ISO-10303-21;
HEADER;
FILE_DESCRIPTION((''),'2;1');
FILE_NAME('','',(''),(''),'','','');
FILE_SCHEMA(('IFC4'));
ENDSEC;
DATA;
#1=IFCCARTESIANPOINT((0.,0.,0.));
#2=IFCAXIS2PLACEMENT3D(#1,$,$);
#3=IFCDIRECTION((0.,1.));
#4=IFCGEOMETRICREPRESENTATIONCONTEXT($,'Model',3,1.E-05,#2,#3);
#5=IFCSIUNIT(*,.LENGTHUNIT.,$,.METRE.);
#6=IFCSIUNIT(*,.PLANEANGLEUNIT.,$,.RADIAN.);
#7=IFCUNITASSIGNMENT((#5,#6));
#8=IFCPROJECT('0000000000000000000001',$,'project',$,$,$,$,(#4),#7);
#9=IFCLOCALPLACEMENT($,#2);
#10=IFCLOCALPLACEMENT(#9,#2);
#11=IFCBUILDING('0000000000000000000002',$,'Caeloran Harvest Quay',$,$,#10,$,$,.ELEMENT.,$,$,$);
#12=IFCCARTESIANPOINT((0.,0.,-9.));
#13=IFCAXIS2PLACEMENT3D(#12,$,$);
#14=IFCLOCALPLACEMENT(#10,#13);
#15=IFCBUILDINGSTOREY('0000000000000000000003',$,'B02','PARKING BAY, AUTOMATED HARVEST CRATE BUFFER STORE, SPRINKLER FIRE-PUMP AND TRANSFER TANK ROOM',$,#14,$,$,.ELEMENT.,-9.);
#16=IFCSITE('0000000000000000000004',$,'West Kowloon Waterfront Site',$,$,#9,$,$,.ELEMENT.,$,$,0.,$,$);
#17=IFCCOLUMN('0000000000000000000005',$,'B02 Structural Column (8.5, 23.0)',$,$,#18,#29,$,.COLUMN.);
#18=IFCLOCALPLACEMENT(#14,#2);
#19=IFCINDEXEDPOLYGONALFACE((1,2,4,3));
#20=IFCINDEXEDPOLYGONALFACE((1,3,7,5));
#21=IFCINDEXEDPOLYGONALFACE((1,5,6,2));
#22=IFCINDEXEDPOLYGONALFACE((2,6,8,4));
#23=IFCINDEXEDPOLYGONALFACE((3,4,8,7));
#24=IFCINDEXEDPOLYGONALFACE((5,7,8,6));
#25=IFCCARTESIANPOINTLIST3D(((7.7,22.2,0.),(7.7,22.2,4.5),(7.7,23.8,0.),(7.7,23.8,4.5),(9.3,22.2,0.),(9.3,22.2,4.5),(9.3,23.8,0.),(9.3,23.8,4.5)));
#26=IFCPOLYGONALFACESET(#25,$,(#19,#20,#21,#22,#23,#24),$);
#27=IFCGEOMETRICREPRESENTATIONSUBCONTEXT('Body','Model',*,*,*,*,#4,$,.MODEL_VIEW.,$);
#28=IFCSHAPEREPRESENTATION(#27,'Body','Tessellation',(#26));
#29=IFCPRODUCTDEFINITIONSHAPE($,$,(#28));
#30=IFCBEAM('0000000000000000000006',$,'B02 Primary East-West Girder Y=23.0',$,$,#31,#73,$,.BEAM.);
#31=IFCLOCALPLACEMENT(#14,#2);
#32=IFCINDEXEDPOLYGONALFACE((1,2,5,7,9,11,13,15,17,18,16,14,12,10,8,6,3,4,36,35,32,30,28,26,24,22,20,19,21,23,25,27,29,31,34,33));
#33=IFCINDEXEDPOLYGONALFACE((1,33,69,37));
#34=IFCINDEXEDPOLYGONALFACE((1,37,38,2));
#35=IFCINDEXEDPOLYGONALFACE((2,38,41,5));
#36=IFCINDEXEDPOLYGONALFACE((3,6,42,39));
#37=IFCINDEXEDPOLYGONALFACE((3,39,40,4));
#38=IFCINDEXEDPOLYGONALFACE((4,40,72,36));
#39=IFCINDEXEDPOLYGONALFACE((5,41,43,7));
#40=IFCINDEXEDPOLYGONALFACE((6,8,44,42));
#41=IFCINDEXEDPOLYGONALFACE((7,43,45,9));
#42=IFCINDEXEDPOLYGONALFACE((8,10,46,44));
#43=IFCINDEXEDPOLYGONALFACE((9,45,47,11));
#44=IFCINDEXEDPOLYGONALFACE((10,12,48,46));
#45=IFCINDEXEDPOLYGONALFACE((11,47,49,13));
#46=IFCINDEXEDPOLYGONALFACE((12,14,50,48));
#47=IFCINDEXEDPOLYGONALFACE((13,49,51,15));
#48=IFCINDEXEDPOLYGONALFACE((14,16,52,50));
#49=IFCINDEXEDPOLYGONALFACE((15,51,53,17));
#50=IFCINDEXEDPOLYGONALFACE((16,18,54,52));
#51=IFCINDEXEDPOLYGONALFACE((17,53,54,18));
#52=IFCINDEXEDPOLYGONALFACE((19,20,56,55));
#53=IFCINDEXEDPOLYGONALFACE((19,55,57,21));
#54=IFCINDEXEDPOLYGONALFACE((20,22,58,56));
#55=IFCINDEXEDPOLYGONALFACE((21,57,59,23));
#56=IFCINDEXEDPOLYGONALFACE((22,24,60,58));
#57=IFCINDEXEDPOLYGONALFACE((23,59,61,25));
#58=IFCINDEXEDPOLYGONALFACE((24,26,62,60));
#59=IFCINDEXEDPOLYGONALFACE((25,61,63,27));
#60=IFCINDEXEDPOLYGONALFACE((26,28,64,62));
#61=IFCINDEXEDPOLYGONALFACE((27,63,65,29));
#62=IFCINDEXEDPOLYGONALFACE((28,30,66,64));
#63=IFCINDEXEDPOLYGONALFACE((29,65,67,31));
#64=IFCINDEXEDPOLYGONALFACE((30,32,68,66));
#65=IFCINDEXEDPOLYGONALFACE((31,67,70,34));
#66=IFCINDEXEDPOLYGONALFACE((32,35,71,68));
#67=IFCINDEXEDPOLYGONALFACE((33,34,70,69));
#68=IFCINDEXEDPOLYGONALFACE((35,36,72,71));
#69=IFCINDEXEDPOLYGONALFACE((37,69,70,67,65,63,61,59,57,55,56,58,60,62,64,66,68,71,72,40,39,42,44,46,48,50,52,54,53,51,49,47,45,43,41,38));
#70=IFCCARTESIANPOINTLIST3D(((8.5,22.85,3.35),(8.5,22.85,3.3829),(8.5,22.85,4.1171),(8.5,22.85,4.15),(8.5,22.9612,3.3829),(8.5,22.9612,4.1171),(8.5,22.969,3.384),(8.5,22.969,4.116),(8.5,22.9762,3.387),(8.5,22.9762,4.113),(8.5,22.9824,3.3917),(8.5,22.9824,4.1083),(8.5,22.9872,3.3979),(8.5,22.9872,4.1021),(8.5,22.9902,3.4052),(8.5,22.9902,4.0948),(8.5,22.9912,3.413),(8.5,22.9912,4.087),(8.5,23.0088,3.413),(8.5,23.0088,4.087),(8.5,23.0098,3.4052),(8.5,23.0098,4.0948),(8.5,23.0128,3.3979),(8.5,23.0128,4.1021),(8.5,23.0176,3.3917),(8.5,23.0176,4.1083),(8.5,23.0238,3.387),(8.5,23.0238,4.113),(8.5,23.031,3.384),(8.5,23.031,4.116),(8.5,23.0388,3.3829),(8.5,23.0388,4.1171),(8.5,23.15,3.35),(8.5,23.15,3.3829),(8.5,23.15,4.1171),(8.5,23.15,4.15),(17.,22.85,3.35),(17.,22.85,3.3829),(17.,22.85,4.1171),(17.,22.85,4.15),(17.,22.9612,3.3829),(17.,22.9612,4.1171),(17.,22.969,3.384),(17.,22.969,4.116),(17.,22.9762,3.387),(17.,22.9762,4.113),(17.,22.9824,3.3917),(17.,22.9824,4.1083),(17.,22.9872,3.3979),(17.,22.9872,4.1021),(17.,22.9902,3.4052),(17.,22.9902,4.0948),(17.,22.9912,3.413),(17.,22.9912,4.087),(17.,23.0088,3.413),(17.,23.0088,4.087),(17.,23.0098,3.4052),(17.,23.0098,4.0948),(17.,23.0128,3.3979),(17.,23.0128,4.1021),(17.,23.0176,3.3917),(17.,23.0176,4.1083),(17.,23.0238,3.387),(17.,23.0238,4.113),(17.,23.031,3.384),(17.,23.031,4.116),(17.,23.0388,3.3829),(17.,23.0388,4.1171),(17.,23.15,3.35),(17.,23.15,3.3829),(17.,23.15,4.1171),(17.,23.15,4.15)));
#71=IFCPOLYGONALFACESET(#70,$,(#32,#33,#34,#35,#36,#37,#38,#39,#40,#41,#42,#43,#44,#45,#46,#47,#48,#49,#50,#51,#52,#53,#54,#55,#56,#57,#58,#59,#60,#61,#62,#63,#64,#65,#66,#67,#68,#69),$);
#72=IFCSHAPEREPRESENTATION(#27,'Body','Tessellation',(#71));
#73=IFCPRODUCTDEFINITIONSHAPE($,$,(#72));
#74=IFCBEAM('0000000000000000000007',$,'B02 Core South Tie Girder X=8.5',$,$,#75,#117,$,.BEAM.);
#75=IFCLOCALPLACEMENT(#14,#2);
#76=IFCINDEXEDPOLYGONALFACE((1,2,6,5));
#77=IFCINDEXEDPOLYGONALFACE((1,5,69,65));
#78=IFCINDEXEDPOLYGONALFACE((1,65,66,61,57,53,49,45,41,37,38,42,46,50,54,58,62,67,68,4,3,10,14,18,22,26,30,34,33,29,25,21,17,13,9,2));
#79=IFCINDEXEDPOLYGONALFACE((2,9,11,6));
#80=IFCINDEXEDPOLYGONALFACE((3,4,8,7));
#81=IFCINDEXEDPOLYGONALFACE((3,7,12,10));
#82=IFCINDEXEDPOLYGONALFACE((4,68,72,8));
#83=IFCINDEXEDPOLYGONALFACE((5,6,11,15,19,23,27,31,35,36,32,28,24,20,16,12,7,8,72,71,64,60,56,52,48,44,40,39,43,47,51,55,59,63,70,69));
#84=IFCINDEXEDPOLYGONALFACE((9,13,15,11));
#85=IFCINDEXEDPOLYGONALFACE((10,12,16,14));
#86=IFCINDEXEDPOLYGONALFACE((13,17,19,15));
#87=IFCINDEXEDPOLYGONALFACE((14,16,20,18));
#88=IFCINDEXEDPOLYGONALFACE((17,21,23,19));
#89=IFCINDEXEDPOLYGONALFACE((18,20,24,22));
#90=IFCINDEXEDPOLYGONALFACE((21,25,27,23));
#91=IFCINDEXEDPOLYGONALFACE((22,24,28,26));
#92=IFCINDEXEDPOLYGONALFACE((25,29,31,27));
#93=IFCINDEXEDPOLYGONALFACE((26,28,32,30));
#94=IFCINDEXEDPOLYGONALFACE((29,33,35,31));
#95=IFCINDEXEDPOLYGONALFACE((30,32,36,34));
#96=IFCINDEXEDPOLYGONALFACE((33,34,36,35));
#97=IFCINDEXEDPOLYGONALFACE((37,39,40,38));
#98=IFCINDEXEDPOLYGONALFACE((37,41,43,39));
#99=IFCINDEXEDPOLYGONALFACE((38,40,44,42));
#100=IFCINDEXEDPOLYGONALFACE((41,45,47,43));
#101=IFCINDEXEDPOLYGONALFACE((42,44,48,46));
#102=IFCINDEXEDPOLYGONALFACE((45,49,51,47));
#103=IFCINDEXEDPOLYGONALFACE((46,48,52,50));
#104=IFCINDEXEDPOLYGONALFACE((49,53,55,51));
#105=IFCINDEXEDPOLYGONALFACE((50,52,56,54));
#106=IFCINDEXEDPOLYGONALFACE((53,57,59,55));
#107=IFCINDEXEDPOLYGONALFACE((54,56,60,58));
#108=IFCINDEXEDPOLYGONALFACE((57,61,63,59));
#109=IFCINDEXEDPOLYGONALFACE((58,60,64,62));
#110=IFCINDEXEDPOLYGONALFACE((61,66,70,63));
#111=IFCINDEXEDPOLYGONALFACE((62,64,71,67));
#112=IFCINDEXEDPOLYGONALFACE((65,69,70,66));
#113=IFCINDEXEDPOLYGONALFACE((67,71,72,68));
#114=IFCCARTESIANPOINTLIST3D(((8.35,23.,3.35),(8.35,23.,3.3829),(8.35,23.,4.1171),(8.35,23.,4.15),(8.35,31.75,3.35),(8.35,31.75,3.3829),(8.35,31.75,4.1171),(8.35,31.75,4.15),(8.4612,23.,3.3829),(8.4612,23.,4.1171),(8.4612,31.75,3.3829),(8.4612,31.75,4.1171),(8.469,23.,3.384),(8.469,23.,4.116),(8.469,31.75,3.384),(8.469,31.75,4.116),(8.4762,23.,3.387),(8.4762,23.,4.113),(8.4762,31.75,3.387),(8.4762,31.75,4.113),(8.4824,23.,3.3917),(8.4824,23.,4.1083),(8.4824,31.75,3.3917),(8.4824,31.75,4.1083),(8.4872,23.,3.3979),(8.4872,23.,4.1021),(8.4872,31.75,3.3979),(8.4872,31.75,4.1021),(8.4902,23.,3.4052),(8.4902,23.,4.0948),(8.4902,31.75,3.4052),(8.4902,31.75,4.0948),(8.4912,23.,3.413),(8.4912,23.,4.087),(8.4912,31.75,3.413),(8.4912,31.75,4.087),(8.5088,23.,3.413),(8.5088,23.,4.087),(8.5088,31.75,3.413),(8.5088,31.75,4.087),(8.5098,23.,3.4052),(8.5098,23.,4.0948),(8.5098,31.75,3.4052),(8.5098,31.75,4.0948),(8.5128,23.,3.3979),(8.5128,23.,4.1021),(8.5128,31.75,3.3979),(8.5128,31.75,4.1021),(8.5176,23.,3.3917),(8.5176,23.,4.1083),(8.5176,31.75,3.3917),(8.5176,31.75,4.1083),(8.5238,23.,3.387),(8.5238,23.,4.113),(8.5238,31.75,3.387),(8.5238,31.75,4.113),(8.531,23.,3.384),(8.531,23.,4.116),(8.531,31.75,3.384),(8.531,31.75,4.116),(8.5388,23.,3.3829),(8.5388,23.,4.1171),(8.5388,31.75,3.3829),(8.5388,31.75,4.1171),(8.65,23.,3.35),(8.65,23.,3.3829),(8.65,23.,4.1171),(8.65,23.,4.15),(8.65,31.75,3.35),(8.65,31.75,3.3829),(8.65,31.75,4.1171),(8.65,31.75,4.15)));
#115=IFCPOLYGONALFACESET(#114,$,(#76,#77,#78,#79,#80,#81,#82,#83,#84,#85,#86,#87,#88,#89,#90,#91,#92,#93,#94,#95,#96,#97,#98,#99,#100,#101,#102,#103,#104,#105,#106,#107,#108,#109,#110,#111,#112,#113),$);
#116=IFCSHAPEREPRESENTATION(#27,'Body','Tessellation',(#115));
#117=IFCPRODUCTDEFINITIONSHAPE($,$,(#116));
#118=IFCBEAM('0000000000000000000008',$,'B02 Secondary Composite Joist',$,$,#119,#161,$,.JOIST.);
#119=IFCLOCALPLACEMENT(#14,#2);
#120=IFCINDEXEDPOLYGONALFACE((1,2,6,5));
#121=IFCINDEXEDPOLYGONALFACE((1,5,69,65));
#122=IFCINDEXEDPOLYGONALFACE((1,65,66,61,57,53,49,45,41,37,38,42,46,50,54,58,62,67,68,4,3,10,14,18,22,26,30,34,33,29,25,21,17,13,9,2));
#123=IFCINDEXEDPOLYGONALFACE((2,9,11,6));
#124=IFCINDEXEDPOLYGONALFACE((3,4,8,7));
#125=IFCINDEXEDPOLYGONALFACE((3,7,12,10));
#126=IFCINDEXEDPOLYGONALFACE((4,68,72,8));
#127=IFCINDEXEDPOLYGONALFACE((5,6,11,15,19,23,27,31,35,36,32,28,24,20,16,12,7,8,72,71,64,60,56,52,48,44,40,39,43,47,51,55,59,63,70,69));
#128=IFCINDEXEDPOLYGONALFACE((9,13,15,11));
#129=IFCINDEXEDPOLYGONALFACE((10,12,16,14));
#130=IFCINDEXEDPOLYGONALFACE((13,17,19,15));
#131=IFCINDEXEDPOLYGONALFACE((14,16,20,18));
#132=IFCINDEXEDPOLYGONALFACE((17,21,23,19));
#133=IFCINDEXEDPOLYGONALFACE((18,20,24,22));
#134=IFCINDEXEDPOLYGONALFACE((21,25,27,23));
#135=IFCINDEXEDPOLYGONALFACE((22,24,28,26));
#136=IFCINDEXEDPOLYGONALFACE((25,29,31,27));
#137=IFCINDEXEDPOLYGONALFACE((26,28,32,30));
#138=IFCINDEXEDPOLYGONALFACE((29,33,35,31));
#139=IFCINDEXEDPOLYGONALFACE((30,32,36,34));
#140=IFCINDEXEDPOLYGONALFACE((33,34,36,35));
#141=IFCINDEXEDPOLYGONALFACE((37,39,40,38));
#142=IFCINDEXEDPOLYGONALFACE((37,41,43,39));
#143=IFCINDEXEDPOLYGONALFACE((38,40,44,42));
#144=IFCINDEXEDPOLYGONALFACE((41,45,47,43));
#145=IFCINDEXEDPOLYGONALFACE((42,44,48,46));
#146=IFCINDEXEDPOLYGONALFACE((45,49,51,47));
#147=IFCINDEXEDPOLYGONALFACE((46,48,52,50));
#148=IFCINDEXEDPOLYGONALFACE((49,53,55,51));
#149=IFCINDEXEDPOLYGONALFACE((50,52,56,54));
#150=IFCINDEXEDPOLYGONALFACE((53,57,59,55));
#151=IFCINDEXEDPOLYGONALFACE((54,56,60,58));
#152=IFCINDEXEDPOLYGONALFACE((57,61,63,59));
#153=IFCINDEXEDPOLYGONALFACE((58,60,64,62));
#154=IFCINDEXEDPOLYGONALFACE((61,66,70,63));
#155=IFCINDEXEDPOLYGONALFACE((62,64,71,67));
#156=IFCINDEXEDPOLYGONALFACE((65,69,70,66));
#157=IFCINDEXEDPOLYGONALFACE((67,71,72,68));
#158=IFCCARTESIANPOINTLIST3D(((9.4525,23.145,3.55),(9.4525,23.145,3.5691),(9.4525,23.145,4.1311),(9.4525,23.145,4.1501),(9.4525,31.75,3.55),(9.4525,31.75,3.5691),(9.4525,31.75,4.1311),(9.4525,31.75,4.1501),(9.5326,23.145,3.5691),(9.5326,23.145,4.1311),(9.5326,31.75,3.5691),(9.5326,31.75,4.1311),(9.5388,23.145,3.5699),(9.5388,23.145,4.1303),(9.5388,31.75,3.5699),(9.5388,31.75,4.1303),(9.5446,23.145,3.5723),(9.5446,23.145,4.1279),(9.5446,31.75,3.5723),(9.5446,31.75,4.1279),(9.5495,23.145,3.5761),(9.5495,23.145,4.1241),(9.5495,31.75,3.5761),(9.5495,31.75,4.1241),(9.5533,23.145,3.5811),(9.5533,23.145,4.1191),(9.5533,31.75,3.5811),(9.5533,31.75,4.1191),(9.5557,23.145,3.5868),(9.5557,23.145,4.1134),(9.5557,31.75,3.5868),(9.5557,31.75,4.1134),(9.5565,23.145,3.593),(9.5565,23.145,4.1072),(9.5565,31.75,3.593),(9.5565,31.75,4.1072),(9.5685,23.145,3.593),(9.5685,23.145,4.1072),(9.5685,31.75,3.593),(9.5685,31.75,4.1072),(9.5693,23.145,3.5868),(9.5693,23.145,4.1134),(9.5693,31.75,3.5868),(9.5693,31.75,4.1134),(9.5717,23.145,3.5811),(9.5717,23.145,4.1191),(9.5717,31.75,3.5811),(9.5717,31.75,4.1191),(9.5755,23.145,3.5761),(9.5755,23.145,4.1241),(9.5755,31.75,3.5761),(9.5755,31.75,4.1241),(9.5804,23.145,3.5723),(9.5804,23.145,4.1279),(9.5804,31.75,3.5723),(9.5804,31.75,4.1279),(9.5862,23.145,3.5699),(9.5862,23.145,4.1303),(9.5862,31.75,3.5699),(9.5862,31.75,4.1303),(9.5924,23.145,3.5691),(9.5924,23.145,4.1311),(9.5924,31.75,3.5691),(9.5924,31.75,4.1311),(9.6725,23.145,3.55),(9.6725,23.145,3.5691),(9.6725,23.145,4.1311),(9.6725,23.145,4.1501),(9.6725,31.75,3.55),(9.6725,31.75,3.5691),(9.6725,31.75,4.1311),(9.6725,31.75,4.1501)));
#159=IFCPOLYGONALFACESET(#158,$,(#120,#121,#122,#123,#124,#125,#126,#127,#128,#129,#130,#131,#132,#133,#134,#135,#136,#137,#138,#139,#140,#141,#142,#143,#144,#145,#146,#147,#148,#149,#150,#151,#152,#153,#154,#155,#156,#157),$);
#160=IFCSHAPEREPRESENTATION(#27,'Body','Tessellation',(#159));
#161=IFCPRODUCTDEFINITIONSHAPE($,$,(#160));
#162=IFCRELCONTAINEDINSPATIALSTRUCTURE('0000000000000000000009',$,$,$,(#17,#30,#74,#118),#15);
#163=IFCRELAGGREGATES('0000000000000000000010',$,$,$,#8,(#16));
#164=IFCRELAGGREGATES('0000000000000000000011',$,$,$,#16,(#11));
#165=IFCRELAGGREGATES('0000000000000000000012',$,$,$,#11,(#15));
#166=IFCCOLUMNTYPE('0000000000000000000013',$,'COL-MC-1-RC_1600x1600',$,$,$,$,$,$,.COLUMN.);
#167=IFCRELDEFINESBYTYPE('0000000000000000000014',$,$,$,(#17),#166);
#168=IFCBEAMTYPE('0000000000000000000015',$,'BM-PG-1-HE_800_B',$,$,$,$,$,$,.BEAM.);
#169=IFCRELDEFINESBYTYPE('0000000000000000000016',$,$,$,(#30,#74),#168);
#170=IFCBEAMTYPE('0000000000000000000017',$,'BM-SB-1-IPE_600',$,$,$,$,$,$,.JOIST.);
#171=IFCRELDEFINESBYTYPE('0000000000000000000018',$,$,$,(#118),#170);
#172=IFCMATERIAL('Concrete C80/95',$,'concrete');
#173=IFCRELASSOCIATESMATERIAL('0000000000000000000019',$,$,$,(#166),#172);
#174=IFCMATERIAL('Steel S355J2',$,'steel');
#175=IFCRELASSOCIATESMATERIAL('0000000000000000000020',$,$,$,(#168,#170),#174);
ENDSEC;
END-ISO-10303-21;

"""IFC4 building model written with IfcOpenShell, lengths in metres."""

from ifc_helpers import new_model, si_unit, direction, frame, origin, origin_2d, place, context, subcontext, project, spatial, rectangle, i_section, extrude, material, material_profile, profile_set, type_object, element, save


model = new_model("IFC4")

# Units and contexts
model_context = context("Model", 3, precision=1e-05, world=origin(), true_north=direction((0.0, 1.0)))
body_context = subcontext(model_context, "Body", "Model", "MODEL_VIEW")
ifc_project = project(units=[si_unit("LENGTHUNIT", "METRE"), si_unit("PLANEANGLEUNIT", "RADIAN")], contexts=[model_context])

# Site, building, storey
site_placement = place(None, origin())
site = spatial("IfcSite", under=ifc_project, at=site_placement, Name="West Kowloon Waterfront Site", CompositionType="ELEMENT", RefElevation=0.0)
building_placement = place(site_placement, origin())
building = spatial("IfcBuilding", under=site, at=building_placement, Name="Caeloran Harvest Quay", CompositionType="ELEMENT")
storey_placement = place(building_placement, frame((0.0, 0.0, -9.0)))
storey = spatial("IfcBuildingStorey", under=building, at=storey_placement, Name="B02", Description="PARKING BAY, AUTOMATED HARVEST CRATE BUFFER STORE, SPRINKLER FIRE-PUMP AND TRANSFER TANK ROOM", CompositionType="ELEMENT", Elevation=-9.0)

# Column
ifc_material_1 = material(Name="Concrete C80/95", Category="concrete")
ifc_material_profile_1 = material_profile(ifc_material_1, rectangle(XDim=1.6001, YDim=1.6001, at=origin_2d()), Name="RC 1600x1600")
ifc_profile_set_1 = profile_set([ifc_material_profile_1], Name="Concrete C80/95")
column_type = type_object("IfcColumnType", Name="COL-MC-1-RC_1600x1600", PredefinedType="COLUMN", material=ifc_profile_set_1)
column_placement = place(storey_placement, frame((8.5, 23.0, 0.0), z_axis=(0.0, 0.0, 1.0), x_axis=(1.0, 0.0, 0.0)))
element("IfcColumn", 1, at=column_placement, inside=storey, type_object=column_type, Name="B02 Structural Column (8.5, 23.0)", PredefinedType="COLUMN", context=body_context, shape_type="SweptSolid", body=[
    extrude(rectangle(XDim=1.6001, YDim=1.6001, at=origin_2d()), origin(), (0.0, 0.0, 1.0), 4.5),
])

# Beams
ifc_material_2 = material(Name="Steel S355J2", Category="steel")
ifc_material_profile_2 = material_profile(ifc_material_2, i_section(OverallWidth=0.3, OverallDepth=0.8, WebThickness=0.0176, FlangeThickness=0.033, FilletRadius=0.03, at=origin_2d()), Name="HE 800 B")
ifc_profile_set_2 = profile_set([ifc_material_profile_2], Name="Steel S355J2")
beam_type_1 = type_object("IfcBeamType", Name="BM-PG-1-HE_800_B", PredefinedType="BEAM", material=ifc_profile_set_2)
beam_1_placement = place(storey_placement, frame((8.5, 23.0, 3.75), z_axis=(1.0, 0.0, 0.0), x_axis=(0.0, 1.0, 0.0)))
element("IfcBeam", 2, at=beam_1_placement, inside=storey, type_object=beam_type_1, Name="B02 Primary East-West Girder Y=23.0", PredefinedType="BEAM", context=body_context, shape_type="SweptSolid", body=[
    extrude(i_section(OverallWidth=0.3, OverallDepth=0.8, WebThickness=0.0176, FlangeThickness=0.033, FilletRadius=0.03, at=origin_2d()), origin(), (0.0, 0.0, 1.0), 8.5),
])
beam_2_placement = place(storey_placement, frame((8.5, 23.0, 3.75), z_axis=(0.0, 1.0, 0.0), x_axis=(-1.0, 0.0, 0.0)))
element("IfcBeam", 3, at=beam_2_placement, inside=storey, type_object=beam_type_1, Name="B02 Core South Tie Girder X=8.5", PredefinedType="BEAM", context=body_context, shape_type="SweptSolid", body=[
    extrude(i_section(OverallWidth=0.3, OverallDepth=0.8, WebThickness=0.0176, FlangeThickness=0.033, FilletRadius=0.03, at=origin_2d()), origin(), (0.0, 0.0, 1.0), 8.75),
])
ifc_material_profile_3 = material_profile(ifc_material_2, i_section(OverallWidth=0.22, OverallDepth=0.6001, WebThickness=0.012, FlangeThickness=0.019, FilletRadius=0.0239, at=origin_2d()), Name="IPE 600")
ifc_profile_set_3 = profile_set([ifc_material_profile_3], Name="Steel S355J2")
beam_type_2 = type_object("IfcBeamType", Name="BM-SB-1-IPE_600", PredefinedType="JOIST", material=ifc_profile_set_3)
beam_3_placement = place(storey_placement, frame((9.5625, 23.145, 3.8501), z_axis=(0.0, 1.0, 0.0), x_axis=(-1.0, 0.0, 0.0)))
element("IfcBeam", 4, at=beam_3_placement, inside=storey, type_object=beam_type_2, Name="B02 Secondary Composite Joist", PredefinedType="JOIST", context=body_context, shape_type="SweptSolid", body=[
    extrude(i_section(OverallWidth=0.22, OverallDepth=0.6001, WebThickness=0.012, FlangeThickness=0.019, FilletRadius=0.0239, at=origin_2d()), origin(), (0.0, 0.0, 1.0), 8.605),
])

save(model, "model.ifc")
